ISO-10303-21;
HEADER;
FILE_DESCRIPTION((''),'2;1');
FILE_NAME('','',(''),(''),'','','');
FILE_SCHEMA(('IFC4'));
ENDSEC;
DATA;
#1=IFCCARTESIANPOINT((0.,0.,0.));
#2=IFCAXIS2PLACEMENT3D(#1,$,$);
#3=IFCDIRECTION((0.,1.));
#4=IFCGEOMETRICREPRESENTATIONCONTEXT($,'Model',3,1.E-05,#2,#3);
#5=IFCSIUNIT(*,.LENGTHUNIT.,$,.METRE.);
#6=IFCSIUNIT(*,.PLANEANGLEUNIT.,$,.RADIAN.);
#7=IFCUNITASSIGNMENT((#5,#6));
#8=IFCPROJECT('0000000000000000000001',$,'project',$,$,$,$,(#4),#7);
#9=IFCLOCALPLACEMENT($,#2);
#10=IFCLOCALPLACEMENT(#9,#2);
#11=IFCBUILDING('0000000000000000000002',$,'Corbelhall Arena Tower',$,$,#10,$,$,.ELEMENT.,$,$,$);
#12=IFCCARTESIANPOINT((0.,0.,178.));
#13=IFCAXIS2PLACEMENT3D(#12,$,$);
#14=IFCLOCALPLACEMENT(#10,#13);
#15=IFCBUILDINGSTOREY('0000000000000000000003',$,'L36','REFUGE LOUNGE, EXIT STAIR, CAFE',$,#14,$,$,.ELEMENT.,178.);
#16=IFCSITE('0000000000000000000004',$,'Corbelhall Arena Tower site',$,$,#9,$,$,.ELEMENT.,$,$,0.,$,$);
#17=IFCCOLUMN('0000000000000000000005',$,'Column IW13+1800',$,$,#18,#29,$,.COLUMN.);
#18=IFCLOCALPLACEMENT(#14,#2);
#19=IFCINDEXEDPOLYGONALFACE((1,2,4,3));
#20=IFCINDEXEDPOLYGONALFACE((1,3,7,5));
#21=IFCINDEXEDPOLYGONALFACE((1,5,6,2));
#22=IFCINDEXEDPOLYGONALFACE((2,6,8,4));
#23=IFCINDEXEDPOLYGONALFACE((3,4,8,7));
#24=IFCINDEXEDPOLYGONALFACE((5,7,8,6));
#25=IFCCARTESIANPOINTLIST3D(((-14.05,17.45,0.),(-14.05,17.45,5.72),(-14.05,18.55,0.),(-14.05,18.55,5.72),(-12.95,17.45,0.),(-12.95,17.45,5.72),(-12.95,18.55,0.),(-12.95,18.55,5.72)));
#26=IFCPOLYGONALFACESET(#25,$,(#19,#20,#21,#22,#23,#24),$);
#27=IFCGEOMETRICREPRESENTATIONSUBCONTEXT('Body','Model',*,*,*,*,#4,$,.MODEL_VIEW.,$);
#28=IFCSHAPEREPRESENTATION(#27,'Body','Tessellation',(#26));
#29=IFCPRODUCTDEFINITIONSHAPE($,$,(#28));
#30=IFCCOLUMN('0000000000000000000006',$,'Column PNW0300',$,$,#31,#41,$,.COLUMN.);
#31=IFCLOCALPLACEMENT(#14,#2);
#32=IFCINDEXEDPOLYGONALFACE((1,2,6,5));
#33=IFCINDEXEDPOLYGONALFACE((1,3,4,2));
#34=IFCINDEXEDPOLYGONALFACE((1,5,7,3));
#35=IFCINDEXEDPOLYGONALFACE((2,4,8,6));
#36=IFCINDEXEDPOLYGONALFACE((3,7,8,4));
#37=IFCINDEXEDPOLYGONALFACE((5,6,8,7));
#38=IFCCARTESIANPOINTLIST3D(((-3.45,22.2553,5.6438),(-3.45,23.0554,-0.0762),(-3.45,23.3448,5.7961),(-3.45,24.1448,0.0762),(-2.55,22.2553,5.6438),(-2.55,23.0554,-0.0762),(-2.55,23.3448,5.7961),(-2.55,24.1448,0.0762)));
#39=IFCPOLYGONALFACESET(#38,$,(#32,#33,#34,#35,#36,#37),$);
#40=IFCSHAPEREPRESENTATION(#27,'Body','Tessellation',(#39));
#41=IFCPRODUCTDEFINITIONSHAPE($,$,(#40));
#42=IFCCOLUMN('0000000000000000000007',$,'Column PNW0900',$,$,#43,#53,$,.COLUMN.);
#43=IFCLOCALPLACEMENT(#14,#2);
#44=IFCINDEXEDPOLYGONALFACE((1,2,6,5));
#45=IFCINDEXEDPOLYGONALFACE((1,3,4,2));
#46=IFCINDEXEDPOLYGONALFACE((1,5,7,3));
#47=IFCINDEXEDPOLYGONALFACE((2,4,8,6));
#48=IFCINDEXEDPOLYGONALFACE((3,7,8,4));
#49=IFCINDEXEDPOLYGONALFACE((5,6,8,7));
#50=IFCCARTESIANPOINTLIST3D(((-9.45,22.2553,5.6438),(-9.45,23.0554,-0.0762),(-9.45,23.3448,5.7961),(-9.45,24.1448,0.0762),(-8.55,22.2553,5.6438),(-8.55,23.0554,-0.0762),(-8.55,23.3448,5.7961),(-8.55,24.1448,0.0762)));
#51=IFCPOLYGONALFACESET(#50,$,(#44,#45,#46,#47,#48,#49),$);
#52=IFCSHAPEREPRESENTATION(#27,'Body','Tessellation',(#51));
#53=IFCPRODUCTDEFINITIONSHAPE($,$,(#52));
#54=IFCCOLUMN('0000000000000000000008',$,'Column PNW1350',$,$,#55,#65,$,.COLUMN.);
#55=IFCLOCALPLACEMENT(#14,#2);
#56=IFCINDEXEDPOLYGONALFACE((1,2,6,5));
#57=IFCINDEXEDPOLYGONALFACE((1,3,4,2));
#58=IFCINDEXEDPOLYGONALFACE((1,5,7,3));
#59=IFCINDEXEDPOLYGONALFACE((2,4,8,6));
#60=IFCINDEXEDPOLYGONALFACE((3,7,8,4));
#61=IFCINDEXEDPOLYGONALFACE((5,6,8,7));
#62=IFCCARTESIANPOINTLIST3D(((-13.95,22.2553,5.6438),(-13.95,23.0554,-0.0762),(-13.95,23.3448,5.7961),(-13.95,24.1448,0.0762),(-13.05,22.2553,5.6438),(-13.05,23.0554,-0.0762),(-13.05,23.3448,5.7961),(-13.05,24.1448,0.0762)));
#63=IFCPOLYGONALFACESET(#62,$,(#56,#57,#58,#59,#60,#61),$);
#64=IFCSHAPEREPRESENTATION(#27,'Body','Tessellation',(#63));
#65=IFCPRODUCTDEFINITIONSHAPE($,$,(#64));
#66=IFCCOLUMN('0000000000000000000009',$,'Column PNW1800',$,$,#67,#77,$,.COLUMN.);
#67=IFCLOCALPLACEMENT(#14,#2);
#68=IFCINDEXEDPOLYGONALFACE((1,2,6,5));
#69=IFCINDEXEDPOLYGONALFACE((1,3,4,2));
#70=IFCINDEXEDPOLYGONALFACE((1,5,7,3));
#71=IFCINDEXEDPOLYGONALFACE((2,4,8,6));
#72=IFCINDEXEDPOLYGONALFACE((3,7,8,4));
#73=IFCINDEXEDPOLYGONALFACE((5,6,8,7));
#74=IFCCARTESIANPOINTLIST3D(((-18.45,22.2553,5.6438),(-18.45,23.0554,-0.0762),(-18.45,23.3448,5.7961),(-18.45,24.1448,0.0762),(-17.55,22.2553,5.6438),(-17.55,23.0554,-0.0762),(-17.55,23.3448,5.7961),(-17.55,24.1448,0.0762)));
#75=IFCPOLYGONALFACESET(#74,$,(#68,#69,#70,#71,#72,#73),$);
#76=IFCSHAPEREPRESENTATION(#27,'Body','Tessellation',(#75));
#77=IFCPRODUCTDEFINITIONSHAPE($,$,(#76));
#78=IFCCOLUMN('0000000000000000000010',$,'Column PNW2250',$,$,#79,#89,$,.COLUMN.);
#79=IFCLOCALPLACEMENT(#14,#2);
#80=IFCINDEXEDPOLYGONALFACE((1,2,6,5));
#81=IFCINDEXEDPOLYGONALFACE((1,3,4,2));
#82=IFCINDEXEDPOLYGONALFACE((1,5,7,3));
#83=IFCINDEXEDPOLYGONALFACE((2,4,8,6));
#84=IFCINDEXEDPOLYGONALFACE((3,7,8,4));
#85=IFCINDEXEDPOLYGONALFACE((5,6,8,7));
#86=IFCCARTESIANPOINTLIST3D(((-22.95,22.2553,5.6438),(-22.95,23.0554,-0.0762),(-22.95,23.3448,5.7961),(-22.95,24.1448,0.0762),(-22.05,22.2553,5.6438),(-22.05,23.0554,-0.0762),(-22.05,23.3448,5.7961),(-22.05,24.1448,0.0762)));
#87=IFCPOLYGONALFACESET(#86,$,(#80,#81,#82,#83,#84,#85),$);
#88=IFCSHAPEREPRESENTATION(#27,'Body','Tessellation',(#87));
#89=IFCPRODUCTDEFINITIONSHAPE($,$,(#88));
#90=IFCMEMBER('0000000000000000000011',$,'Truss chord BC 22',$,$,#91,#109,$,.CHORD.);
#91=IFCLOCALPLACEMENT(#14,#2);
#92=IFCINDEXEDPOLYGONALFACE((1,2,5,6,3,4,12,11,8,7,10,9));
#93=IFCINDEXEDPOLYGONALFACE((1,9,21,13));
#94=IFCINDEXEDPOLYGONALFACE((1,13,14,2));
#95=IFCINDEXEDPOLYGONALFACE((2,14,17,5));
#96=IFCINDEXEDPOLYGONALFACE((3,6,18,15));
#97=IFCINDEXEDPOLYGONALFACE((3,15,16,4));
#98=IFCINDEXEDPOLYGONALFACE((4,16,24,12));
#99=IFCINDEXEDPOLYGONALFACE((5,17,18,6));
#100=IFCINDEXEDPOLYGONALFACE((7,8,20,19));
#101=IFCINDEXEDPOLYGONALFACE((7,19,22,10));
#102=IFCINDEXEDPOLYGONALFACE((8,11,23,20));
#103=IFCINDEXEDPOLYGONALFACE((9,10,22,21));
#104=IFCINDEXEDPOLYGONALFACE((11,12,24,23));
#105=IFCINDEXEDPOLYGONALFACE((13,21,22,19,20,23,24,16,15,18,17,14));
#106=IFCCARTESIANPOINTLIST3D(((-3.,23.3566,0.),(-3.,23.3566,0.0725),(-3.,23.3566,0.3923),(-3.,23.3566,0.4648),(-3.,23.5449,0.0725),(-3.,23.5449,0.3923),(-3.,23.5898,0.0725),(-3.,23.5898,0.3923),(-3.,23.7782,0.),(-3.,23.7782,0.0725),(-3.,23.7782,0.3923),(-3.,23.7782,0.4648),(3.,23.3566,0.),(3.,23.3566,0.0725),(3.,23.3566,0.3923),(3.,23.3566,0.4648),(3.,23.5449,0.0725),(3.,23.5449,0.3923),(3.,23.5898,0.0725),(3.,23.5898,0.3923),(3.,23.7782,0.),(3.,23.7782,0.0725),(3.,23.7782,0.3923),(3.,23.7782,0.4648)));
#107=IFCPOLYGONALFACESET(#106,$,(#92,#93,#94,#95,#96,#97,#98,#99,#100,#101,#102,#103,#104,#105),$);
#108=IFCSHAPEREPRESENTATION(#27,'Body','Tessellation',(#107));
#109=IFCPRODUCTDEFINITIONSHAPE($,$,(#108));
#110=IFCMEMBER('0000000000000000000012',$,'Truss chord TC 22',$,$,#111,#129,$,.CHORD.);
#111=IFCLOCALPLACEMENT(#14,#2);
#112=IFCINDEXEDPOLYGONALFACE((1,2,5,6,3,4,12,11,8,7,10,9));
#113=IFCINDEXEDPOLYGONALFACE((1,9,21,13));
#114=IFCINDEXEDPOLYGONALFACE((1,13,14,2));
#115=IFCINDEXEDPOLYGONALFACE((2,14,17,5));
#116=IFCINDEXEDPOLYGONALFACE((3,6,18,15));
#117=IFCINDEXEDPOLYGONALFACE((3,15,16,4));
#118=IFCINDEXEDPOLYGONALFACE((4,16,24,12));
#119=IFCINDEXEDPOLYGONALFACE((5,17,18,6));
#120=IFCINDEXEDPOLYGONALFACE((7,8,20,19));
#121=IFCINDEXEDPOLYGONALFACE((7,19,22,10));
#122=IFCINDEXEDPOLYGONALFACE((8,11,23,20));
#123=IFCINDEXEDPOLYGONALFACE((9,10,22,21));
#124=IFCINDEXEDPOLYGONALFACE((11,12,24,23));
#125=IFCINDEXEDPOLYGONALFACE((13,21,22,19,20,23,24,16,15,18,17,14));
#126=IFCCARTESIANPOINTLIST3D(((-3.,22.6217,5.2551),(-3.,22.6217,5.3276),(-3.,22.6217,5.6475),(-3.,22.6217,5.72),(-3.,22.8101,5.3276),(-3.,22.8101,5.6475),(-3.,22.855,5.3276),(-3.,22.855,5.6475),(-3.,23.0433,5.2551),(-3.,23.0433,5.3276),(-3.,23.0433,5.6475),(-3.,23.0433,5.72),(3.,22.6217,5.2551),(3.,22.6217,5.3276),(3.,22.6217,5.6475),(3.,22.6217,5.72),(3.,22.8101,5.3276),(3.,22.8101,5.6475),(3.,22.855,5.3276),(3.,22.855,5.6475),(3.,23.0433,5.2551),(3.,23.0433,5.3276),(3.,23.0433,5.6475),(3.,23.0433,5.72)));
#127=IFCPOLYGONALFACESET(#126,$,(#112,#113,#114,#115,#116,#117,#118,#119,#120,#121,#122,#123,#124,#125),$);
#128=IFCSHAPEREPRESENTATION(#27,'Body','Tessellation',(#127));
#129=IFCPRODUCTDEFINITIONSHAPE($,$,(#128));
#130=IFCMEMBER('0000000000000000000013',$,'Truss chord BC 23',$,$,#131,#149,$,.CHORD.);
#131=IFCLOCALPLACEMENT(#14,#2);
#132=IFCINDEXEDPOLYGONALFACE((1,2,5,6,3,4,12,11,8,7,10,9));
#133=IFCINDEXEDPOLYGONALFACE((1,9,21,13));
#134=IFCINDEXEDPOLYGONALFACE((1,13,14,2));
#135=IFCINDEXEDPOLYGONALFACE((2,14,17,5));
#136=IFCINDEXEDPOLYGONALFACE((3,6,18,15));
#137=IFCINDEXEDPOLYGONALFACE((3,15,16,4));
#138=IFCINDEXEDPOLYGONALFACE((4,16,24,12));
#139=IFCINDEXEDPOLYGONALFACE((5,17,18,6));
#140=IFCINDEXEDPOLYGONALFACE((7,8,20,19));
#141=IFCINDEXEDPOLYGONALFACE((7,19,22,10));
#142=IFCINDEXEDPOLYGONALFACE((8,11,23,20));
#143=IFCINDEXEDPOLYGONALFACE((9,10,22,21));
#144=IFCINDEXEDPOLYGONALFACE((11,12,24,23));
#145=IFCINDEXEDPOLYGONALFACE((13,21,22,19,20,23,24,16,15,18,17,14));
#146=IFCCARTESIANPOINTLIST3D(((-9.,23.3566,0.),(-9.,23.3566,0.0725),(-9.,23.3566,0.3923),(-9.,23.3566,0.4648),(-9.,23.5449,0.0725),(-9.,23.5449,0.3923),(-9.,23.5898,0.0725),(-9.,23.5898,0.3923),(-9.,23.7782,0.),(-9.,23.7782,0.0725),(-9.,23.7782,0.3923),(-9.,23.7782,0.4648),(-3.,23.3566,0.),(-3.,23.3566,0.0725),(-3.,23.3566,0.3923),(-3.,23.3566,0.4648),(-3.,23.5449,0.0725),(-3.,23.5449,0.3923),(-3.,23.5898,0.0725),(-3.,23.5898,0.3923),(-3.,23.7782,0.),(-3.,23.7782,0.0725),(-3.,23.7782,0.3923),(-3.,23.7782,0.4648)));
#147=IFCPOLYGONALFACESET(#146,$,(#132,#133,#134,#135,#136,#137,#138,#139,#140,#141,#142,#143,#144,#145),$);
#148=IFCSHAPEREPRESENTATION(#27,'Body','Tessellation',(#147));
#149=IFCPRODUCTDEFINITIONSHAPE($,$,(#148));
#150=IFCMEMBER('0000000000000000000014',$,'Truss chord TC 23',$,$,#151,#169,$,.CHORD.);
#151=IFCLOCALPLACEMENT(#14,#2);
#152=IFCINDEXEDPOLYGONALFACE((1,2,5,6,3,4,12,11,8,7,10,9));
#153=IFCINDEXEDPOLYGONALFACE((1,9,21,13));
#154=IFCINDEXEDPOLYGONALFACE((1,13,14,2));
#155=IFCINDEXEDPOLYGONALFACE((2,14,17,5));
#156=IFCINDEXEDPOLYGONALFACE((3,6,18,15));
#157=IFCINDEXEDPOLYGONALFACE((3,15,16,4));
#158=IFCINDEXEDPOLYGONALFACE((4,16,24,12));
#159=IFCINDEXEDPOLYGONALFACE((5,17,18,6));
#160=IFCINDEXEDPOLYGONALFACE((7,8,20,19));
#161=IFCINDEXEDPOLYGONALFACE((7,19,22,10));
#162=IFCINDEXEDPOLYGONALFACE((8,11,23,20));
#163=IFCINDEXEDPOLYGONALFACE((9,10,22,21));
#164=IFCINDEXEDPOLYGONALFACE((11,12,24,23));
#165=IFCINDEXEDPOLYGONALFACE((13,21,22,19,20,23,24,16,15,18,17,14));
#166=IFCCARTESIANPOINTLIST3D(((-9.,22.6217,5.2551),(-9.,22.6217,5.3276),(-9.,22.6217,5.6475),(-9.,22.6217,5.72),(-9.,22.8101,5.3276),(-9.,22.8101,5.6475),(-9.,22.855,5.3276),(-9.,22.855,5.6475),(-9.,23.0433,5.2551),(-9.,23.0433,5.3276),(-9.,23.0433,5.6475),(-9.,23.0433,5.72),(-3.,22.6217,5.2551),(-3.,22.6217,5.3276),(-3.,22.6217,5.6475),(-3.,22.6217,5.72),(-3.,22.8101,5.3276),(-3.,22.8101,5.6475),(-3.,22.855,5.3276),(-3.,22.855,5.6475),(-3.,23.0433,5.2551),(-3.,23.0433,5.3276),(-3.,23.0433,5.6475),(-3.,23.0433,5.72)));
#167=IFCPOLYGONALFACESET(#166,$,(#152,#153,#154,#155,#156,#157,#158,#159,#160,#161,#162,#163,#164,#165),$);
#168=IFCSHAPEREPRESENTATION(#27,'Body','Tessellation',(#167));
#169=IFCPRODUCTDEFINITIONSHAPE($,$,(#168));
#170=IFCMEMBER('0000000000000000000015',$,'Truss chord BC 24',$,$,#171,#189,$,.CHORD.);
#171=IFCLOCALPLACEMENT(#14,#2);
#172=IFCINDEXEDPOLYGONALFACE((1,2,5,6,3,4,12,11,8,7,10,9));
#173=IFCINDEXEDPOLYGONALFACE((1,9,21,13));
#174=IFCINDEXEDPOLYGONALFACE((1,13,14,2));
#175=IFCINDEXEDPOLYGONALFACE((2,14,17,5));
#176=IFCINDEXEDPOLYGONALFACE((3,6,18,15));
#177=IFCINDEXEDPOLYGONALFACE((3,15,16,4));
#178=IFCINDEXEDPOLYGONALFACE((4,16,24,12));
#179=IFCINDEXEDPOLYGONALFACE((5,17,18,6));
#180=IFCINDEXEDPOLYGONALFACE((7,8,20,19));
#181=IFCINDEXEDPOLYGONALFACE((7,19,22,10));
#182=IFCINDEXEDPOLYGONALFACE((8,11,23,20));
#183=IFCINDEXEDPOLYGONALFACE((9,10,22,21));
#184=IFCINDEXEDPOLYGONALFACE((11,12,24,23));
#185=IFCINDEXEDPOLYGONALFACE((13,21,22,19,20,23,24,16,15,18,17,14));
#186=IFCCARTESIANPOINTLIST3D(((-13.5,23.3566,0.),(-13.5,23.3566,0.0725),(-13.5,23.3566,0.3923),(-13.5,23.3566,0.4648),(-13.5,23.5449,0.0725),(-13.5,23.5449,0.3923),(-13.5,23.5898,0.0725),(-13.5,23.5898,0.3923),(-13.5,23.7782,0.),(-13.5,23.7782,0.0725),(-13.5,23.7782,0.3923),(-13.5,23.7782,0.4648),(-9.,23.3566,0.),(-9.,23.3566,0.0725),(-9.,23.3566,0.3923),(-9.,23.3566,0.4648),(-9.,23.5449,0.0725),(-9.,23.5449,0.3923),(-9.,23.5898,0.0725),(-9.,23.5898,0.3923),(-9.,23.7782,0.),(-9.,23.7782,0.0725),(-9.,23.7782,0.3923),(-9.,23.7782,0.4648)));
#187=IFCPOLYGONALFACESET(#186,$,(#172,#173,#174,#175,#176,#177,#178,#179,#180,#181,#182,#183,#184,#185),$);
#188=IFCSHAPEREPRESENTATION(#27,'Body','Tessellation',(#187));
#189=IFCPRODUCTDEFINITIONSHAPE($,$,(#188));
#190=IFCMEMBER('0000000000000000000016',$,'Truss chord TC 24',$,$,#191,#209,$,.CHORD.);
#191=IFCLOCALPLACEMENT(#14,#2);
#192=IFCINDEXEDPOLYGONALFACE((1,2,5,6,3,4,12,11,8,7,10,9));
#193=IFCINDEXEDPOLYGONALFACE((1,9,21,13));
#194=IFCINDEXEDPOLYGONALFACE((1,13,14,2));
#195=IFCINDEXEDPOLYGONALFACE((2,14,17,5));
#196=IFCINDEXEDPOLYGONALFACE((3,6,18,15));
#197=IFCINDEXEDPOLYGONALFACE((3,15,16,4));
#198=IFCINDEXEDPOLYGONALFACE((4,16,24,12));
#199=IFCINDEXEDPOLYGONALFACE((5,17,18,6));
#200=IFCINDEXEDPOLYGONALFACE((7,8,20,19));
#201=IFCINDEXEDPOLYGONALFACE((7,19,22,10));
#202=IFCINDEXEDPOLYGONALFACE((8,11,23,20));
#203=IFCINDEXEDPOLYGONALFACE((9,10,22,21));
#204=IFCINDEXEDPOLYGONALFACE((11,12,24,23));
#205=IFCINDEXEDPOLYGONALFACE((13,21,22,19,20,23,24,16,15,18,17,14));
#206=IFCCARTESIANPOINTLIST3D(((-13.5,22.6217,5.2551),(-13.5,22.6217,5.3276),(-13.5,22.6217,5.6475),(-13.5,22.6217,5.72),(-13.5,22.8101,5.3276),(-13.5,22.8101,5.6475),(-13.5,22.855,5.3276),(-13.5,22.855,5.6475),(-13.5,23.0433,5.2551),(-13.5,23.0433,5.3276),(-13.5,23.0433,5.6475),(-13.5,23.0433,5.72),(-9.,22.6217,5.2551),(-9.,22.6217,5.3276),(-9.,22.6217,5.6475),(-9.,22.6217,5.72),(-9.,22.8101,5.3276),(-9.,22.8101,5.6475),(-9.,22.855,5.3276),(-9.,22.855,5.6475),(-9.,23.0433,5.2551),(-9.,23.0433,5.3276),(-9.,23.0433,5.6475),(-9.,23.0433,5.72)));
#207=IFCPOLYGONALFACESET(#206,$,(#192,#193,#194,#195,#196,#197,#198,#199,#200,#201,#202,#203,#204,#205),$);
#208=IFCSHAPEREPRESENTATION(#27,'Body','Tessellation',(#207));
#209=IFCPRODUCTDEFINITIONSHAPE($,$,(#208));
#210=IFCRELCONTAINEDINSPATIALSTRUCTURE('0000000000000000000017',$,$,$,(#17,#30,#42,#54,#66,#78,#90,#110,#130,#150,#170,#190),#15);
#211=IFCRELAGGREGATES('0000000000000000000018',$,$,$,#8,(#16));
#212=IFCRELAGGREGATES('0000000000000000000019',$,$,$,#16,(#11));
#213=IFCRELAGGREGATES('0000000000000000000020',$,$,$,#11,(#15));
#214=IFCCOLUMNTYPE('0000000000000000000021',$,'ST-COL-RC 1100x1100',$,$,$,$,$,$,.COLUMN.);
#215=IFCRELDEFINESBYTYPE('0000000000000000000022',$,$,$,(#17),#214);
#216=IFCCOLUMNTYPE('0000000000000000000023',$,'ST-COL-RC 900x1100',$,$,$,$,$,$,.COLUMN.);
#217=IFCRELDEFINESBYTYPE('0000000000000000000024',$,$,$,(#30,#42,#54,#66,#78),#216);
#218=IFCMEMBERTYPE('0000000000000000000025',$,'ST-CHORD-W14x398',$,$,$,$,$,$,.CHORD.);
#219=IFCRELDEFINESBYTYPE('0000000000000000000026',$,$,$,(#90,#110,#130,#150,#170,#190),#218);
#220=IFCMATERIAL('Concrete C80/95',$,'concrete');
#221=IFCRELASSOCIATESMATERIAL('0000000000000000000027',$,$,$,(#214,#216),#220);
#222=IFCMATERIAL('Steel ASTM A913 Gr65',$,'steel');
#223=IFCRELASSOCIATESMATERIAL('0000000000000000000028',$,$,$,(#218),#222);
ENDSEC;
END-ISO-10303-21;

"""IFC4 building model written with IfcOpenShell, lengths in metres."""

from ifc_helpers import new_model, si_unit, direction, frame, origin, origin_2d, place, context, subcontext, project, spatial, rectangle, i_section, extrude, material, material_profile, profile_set, type_object, element, save


model = new_model("IFC4")

# Units and contexts
model_context = context("Model", 3, precision=1e-05, world=origin(), true_north=direction((0.0, 1.0)))
body_context = subcontext(model_context, "Body", "Model", "MODEL_VIEW")
ifc_project = project(units=[si_unit("LENGTHUNIT", "METRE"), si_unit("PLANEANGLEUNIT", "RADIAN")], contexts=[model_context])

# Site, building, storey
site_placement = place(None, origin())
site = spatial("IfcSite", under=ifc_project, at=site_placement, Name="Corbelhall Arena Tower site", CompositionType="ELEMENT", RefElevation=0.0)
building_placement = place(site_placement, origin())
building = spatial("IfcBuilding", under=site, at=building_placement, Name="Corbelhall Arena Tower", CompositionType="ELEMENT")
storey_placement = place(building_placement, frame((0.0, 0.0, 178.0)))
storey = spatial("IfcBuildingStorey", under=building, at=storey_placement, Name="L36", Description="REFUGE LOUNGE, EXIT STAIR, CAFE", CompositionType="ELEMENT", Elevation=178.0)

# Columns
ifc_material_1 = material(Name="Concrete C80/95", Category="concrete")
ifc_material_profile_1 = material_profile(ifc_material_1, rectangle(XDim=1.1001, YDim=1.1001, at=origin_2d()))
ifc_profile_set_1 = profile_set([ifc_material_profile_1], Name="Concrete C80/95")
column_type_1 = type_object("IfcColumnType", Name="ST-COL-RC 1100x1100", PredefinedType="COLUMN", material=ifc_profile_set_1)
column_placement = place(storey_placement, frame((-13.5, 18.0, 0.0), z_axis=(0.0, 0.0, 1.0), x_axis=(1.0, 0.0, 0.0)))
element("IfcColumn", 1, at=column_placement, inside=storey, type_object=column_type_1, Name="Column IW13+1800", PredefinedType="COLUMN", context=body_context, shape_type="SweptSolid", body=[
    extrude(rectangle(XDim=1.1001, YDim=1.1001, at=origin_2d()), origin(), (0.0, 0.0, 1.0), 5.72),
])
ifc_material_profile_2 = material_profile(ifc_material_1, rectangle(XDim=0.8999, YDim=1.1001, at=origin_2d()))
ifc_profile_set_2 = profile_set([ifc_material_profile_2], Name="Concrete C80/95")
column_type_2 = type_object("IfcColumnType", Name="ST-COL-RC 900x1100", PredefinedType="COLUMN", material=ifc_profile_set_2)
for number, where, z_axis, x_axis, name in (
    (2, (-3.0, 23.6001, 0.0), (0.0, -0.138521, 0.990359), (1.0, 0.0, 0.0), "Column PNW0300"),
    (3, (-9.0, 23.6001, 0.0), (0.0, -0.138521, 0.990359), (1.0, 0.0, 0.0), "Column PNW0900"),
    (4, (-13.5, 23.6001, 0.0), (0.0, -0.138521, 0.990359), (1.0, 0.0, 0.0), "Column PNW1350"),
    (5, (-18.0, 23.6001, 0.0), (0.0, -0.138521, 0.990359), (1.0, 0.0, 0.0), "Column PNW1800"),
    (6, (-22.5, 23.6001, 0.0), (0.0, -0.138521, 0.990359), (1.0, 0.0, 0.0), "Column PNW2250"),
):
    element("IfcColumn", number, at=place(storey_placement, frame(where, z_axis=z_axis, x_axis=x_axis)), inside=storey, type_object=column_type_2, Name=name, PredefinedType="COLUMN", context=body_context, shape_type="SweptSolid", body=[
        extrude(rectangle(XDim=0.8999, YDim=1.1001, at=origin_2d()), origin(), (0.0, 0.0, 1.0), 5.7756),
    ])

# Members
ifc_material_2 = material(Name="Steel ASTM A913 Gr65", Category="steel")
ifc_material_profile_3 = material_profile(ifc_material_2, i_section(OverallWidth=0.4216, OverallDepth=0.4648, WebThickness=0.0449, FlangeThickness=0.0725, at=origin_2d()))
ifc_profile_set_3 = profile_set([ifc_material_profile_3], Name="Steel ASTM A913 Gr65")
member_type_1 = type_object("IfcMemberType", Name="ST-CHORD-W14x398", PredefinedType="CHORD", material=ifc_profile_set_3)
for number, where, z_axis, x_axis, name in (
    (7, (-3.0, 23.5674, 0.2324), (1.0, 0.0, 0.0), (0.0, 1.0, 0.0), "Truss chord BC 22"),
    (8, (-3.0, 22.8325, 5.4875), (1.0, 0.0, 0.0), (0.0, 1.0, 0.0), "Truss chord TC 22"),
    (9, (-9.0, 23.5674, 0.2324), (1.0, 0.0, 0.0), (0.0, 1.0, 0.0), "Truss chord BC 23"),
    (10, (-9.0, 22.8325, 5.4875), (1.0, 0.0, 0.0), (0.0, 1.0, 0.0), "Truss chord TC 23"),
):
    element("IfcMember", number, at=place(storey_placement, frame(where, z_axis=z_axis, x_axis=x_axis)), inside=storey, type_object=member_type_1, Name=name, PredefinedType="CHORD", context=body_context, shape_type="SweptSolid", body=[
        extrude(i_section(OverallWidth=0.4216, OverallDepth=0.4648, WebThickness=0.0449, FlangeThickness=0.0725, at=origin_2d()), origin(), (0.0, 0.0, 1.0), 6.0),
    ])
for number, where, z_axis, x_axis, name in (
    (11, (-13.5, 23.5674, 0.2324), (1.0, 0.0, 0.0), (0.0, 1.0, 0.0), "Truss chord BC 24"),
    (12, (-13.5, 22.8325, 5.4875), (1.0, 0.0, 0.0), (0.0, 1.0, 0.0), "Truss chord TC 24"),
):
    element("IfcMember", number, at=place(storey_placement, frame(where, z_axis=z_axis, x_axis=x_axis)), inside=storey, type_object=member_type_1, Name=name, PredefinedType="CHORD", context=body_context, shape_type="SweptSolid", body=[
        extrude(i_section(OverallWidth=0.4216, OverallDepth=0.4648, WebThickness=0.0449, FlangeThickness=0.0725, at=origin_2d()), origin(), (0.0, 0.0, 1.0), 4.5),
    ])

save(model, "model.ifc")
